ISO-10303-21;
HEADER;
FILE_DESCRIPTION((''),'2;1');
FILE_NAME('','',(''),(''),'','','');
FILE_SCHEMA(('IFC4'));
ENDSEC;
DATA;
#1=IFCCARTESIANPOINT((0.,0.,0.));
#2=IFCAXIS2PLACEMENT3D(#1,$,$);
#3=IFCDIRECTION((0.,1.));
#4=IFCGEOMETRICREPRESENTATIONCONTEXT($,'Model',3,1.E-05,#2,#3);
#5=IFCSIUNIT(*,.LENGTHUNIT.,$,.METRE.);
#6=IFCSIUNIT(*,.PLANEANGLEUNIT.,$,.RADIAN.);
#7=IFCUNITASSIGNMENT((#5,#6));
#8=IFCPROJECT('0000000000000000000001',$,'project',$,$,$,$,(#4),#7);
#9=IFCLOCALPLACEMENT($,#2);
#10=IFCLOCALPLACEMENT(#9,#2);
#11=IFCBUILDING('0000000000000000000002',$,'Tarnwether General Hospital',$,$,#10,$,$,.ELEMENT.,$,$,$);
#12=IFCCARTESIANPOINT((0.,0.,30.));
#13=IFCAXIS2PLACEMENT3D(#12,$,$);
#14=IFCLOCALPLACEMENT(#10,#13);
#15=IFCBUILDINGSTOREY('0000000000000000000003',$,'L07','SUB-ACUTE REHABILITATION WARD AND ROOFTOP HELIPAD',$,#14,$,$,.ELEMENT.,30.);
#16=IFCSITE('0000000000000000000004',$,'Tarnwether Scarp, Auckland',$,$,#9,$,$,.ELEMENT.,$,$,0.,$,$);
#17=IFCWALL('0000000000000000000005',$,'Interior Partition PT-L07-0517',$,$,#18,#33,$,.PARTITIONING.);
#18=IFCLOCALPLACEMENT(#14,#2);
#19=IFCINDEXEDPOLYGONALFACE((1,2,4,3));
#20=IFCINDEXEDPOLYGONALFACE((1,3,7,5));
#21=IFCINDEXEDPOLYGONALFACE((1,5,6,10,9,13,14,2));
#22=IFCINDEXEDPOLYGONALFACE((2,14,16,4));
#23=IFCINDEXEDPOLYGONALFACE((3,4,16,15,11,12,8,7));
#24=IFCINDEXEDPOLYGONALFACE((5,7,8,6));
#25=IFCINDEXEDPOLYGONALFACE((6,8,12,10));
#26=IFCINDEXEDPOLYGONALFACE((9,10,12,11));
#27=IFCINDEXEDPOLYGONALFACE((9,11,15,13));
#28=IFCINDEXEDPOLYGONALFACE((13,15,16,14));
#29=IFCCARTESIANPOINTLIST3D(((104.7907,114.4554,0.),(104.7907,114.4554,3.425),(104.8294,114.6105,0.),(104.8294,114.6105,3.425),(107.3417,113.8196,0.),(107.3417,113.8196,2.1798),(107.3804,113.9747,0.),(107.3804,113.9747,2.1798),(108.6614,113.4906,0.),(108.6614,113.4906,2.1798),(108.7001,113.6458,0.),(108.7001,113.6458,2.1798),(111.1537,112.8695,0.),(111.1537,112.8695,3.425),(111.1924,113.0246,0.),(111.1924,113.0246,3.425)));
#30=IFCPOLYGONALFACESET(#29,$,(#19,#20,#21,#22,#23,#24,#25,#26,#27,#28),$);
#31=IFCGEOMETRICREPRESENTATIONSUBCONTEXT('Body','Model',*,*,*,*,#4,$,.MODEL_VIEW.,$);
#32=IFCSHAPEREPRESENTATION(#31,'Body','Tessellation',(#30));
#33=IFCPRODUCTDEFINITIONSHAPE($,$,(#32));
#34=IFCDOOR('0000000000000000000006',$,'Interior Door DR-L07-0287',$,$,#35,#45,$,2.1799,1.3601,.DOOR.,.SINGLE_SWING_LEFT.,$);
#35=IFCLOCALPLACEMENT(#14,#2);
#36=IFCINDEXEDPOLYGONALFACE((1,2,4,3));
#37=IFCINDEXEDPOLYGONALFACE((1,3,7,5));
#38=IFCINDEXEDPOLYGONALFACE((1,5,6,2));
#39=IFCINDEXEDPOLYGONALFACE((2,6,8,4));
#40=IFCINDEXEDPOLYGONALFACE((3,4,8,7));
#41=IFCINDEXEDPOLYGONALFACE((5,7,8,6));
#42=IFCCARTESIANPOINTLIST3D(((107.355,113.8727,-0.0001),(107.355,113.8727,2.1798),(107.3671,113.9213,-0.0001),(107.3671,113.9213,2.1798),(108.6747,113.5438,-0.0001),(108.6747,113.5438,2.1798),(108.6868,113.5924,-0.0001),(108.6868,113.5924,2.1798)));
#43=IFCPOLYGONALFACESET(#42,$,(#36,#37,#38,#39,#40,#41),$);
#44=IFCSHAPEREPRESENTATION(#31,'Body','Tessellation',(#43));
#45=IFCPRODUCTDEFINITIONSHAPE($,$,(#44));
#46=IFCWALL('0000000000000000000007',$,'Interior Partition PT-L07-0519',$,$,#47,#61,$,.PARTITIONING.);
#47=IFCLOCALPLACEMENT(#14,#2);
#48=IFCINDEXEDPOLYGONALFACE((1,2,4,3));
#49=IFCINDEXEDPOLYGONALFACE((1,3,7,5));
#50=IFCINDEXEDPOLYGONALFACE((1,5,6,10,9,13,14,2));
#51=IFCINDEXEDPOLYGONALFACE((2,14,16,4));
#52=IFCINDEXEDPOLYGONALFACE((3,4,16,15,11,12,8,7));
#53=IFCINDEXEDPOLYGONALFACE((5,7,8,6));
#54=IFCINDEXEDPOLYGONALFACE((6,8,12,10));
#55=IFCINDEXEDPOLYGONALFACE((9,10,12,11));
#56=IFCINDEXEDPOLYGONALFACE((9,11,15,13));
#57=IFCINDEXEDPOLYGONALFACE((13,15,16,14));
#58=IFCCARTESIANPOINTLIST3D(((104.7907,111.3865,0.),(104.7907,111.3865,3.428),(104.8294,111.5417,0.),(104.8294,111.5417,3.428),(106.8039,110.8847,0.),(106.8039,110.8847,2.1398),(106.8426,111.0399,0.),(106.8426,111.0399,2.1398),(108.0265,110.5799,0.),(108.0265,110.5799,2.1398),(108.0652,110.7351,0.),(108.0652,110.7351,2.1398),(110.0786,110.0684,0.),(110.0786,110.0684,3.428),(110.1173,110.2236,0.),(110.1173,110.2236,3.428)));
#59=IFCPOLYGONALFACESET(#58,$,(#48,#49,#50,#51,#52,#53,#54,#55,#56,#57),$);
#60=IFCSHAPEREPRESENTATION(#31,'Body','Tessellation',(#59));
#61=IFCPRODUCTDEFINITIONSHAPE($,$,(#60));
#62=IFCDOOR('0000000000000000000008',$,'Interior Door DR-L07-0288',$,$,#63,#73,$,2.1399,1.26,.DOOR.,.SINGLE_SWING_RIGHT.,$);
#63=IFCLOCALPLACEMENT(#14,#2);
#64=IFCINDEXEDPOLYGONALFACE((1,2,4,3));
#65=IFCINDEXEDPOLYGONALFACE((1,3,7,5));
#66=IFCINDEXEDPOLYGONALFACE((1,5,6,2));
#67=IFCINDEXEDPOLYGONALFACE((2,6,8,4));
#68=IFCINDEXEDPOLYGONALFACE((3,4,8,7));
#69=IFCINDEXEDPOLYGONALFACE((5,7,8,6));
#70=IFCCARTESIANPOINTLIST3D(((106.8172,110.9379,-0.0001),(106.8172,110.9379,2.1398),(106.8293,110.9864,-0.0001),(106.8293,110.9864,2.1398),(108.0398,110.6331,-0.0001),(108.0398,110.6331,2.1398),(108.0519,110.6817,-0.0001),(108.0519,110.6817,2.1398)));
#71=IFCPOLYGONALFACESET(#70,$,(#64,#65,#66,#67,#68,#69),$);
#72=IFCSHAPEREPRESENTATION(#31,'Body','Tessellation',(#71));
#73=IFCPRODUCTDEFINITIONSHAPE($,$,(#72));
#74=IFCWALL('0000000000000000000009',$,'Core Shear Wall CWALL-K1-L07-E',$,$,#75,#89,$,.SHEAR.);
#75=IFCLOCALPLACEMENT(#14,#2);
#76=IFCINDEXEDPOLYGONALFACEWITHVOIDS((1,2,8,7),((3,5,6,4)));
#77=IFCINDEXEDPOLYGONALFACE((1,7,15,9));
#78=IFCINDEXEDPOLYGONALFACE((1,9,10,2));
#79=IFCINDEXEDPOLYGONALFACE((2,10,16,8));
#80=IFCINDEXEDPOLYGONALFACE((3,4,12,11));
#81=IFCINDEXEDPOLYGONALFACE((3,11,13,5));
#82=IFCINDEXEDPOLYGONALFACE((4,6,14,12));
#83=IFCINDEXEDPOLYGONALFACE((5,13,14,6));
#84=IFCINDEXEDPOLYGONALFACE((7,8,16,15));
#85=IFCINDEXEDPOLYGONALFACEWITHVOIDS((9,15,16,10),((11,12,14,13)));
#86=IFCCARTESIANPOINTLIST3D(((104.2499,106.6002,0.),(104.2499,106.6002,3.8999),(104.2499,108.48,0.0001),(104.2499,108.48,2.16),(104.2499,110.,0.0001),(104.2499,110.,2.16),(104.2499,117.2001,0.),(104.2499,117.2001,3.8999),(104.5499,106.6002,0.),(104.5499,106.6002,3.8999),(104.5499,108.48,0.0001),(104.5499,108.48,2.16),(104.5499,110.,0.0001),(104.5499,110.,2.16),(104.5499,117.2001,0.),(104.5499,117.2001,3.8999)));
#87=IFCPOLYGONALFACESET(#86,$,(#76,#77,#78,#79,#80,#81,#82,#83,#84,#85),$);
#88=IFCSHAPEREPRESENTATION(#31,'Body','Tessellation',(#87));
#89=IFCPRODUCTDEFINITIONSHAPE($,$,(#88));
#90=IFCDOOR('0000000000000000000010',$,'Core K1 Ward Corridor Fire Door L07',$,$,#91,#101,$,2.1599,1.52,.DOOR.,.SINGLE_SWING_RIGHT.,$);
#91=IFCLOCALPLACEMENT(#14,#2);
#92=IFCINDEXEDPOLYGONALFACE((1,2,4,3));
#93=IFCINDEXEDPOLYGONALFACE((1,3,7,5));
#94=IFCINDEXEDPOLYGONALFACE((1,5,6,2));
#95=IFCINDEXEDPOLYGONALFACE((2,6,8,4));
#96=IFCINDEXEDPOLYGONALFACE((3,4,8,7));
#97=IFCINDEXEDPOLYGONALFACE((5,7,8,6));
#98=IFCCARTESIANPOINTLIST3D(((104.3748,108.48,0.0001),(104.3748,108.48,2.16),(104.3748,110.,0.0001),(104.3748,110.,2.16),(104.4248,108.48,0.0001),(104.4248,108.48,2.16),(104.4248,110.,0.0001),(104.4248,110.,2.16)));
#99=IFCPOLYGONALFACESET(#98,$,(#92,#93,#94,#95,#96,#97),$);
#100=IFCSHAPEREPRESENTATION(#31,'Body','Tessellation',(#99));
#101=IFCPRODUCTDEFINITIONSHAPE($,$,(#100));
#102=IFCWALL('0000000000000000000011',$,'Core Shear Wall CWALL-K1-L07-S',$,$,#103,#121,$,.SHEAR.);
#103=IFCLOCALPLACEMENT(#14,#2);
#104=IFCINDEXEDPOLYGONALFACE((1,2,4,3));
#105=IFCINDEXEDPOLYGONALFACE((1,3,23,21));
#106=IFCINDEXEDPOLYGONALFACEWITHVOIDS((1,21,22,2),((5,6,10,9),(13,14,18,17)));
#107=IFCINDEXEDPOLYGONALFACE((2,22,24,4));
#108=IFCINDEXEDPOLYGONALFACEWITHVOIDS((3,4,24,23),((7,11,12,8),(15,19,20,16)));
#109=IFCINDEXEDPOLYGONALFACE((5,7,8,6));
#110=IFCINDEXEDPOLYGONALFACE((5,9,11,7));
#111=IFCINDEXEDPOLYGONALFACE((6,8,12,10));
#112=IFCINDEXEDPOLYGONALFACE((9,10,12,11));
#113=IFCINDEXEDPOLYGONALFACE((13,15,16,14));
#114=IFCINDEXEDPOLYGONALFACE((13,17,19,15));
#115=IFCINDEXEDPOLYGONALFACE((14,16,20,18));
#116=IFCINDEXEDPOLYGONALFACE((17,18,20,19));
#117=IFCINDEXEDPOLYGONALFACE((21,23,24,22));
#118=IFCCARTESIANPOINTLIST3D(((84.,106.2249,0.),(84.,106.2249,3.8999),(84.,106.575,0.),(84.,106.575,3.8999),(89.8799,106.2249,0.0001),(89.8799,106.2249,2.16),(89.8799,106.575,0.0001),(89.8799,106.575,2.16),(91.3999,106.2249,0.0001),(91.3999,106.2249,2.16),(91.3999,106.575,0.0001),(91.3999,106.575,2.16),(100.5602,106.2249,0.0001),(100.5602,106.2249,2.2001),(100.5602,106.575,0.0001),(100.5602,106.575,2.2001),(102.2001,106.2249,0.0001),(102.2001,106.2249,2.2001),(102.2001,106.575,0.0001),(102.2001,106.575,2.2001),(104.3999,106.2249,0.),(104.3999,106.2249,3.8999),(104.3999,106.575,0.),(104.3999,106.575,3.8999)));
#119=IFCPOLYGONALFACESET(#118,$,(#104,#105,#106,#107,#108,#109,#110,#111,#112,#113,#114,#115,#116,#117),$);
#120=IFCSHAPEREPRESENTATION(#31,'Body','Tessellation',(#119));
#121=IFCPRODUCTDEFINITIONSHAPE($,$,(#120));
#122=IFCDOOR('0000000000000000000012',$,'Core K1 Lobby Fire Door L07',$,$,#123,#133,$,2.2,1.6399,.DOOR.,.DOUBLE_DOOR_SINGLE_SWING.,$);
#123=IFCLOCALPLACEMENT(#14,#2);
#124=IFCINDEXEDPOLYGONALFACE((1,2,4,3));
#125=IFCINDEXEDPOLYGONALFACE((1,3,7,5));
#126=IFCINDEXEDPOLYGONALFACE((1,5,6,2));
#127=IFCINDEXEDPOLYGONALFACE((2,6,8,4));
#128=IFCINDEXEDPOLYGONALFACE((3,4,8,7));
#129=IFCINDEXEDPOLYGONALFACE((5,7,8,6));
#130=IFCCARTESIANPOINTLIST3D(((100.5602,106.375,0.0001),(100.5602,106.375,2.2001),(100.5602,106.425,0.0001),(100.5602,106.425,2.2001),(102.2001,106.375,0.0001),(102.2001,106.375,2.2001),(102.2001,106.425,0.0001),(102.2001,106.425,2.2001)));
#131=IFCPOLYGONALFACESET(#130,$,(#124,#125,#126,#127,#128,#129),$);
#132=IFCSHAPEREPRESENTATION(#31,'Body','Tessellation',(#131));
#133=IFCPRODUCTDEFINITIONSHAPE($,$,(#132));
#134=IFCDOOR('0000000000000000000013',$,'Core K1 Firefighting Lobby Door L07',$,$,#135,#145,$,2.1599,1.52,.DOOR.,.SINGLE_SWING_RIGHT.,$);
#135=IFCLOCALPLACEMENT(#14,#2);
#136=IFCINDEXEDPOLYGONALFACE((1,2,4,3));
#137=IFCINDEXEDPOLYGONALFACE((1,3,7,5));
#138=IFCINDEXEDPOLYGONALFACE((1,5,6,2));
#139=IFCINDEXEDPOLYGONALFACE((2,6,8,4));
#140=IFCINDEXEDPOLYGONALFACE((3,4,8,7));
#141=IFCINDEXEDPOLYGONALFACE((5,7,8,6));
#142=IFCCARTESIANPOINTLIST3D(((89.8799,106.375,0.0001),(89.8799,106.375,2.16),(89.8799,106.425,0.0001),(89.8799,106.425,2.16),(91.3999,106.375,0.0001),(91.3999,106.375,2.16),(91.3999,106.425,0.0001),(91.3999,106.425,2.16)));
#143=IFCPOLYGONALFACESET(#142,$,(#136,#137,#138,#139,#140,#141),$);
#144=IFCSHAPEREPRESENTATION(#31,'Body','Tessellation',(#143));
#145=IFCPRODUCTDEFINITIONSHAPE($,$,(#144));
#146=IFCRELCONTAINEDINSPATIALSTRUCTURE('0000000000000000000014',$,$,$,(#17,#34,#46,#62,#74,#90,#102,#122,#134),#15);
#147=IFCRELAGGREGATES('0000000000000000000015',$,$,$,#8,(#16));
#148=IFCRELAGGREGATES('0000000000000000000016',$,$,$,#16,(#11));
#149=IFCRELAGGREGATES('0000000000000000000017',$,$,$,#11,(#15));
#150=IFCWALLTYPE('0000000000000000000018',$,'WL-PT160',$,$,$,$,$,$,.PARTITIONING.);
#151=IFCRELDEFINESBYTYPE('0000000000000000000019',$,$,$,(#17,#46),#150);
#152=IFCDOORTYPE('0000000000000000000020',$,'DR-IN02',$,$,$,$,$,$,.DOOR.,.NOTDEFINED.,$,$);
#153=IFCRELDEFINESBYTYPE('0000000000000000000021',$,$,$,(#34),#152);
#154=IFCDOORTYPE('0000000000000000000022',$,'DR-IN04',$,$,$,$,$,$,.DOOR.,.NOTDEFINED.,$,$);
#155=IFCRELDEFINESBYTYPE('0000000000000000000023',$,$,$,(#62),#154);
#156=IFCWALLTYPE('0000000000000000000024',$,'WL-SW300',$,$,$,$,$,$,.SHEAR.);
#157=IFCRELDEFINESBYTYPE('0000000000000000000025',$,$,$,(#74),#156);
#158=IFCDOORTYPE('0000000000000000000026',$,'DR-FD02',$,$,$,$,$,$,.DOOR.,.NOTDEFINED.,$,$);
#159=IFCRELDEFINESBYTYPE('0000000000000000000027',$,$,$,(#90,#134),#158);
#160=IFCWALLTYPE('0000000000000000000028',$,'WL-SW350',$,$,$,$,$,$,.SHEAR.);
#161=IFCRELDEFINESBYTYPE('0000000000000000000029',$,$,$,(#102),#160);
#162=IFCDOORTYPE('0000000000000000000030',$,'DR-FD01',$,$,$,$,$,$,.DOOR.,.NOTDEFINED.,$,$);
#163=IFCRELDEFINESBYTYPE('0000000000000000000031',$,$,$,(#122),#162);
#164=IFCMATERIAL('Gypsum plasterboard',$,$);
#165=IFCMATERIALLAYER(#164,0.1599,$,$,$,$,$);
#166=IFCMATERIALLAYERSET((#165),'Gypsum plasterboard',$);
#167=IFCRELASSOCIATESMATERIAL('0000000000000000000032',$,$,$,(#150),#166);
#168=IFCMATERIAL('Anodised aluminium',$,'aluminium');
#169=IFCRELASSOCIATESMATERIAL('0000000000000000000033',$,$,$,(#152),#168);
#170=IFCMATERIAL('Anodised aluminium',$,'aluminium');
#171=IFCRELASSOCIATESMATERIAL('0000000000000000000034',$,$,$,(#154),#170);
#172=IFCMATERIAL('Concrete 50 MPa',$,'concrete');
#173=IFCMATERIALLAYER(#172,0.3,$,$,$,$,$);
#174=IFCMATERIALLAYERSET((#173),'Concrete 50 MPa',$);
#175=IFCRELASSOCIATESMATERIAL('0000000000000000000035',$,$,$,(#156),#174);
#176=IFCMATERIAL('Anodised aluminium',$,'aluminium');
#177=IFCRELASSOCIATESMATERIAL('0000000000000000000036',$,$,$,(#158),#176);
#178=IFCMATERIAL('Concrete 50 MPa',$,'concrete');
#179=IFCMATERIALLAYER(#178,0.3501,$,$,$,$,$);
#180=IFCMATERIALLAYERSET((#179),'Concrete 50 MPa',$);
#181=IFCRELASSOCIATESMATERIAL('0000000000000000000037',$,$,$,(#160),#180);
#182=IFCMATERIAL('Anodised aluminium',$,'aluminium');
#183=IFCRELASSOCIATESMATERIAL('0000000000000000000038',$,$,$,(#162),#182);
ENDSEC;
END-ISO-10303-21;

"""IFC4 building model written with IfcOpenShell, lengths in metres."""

from ifc_helpers import new_model, si_unit, direction, frame, frame_2d, origin, place, context, subcontext, project, spatial, rectangle, extrude, material, layer, layer_set, type_object, element, fill, save


model = new_model("IFC4")

# Units and contexts
model_context = context("Model", 3, precision=1e-05, world=origin(), true_north=direction((0.0, 1.0)))
body_context = subcontext(model_context, "Body", "Model", "MODEL_VIEW")
ifc_project = project(units=[si_unit("LENGTHUNIT", "METRE"), si_unit("PLANEANGLEUNIT", "RADIAN")], contexts=[model_context])

# Site, building, storey
site_placement = place(None, origin())
site = spatial("IfcSite", under=ifc_project, at=site_placement, Name="Tarnwether Scarp, Auckland", CompositionType="ELEMENT", RefElevation=0.0)
building_placement = place(site_placement, origin())
building = spatial("IfcBuilding", under=site, at=building_placement, Name="Tarnwether General Hospital", CompositionType="ELEMENT")
storey_placement = place(building_placement, frame((0.0, 0.0, 30.0)))
storey = spatial("IfcBuildingStorey", under=building, at=storey_placement, Name="L07", Description="SUB-ACUTE REHABILITATION WARD AND ROOFTOP HELIPAD", CompositionType="ELEMENT", Elevation=30.0)

# Shared definitions
ifc_material_1 = material(Name="Gypsum plasterboard")
ifc_layer_1 = layer(ifc_material_1, 0.1599)
ifc_layer_set_1 = layer_set([ifc_layer_1], Name="Gypsum plasterboard")
wall_type_1 = type_object("IfcWallType", Name="WL-PT160", PredefinedType="PARTITIONING", material=ifc_layer_set_1)

# Walls, openings, doors
wall_1_placement = place(storey_placement, frame((104.8101, 114.533, 0.0), z_axis=(0.0, 0.0, 1.0), x_axis=(0.970315, -0.241844, 0.0)))
wall_1 = element("IfcWall", 1, at=wall_1_placement, inside=storey, type_object=wall_type_1, Name="Interior Partition PT-L07-0517", PredefinedType="PARTITIONING", context=body_context, shape_type="SweptSolid", body=[
    extrude(rectangle(XDim=6.5576, YDim=0.1599, at=frame_2d((3.2788, 0.0))), origin(), (0.0, 0.0, 1.0), 3.425),
])
opening_1_placement = place(wall_1_placement, frame((2.6289, 0.0, 0.0)))
opening_1 = element("IfcOpeningElement", 2, at=opening_1_placement, cuts=wall_1, PredefinedType="OPENING", context=body_context, shape_type="SweptSolid", body=[
    extrude(rectangle(XDim=1.3601, YDim=2.1799, at=frame_2d((0.6802, 1.0898))), frame((0.0, 0.0898, 0.0), z_axis=(0.0, -1.0, 0.0), x_axis=(1.0, 0.0, 0.0)), (0.0, 0.0, 1.0), 0.1799),
])
ifc_material_2 = material(Name="Anodised aluminium", Category="aluminium")
door_type_1 = type_object("IfcDoorType", Name="DR-IN02", OperationType="NOTDEFINED", PredefinedType="DOOR", material=ifc_material_2)
door_1_placement = place(opening_1_placement, origin())
door_1 = element("IfcDoor", 3, at=door_1_placement, inside=storey, type_object=door_type_1, Name="Interior Door DR-L07-0287", OperationType="SINGLE_SWING_LEFT", OverallHeight=2.1799, OverallWidth=1.3601, PredefinedType="DOOR", context=body_context, shape_type="SweptSolid", body=[
    extrude(rectangle(XDim=1.3601, YDim=2.1799, at=frame_2d((0.6802, 1.0898))), frame((0.0, 0.0249, 0.0), z_axis=(0.0, -1.0, 0.0), x_axis=(1.0, 0.0, 0.0)), (0.0, 0.0, 1.0), 0.05),
])
fill(opening_1, door_1)
wall_2_placement = place(storey_placement, frame((104.8101, 111.4641, 0.0), z_axis=(0.0, 0.0, 1.0), x_axis=(0.970308, -0.241871, 0.0)))
wall_2 = element("IfcWall", 4, at=wall_2_placement, inside=storey, type_object=wall_type_1, Name="Interior Partition PT-L07-0519", PredefinedType="PARTITIONING", context=body_context, shape_type="SweptSolid", body=[
    extrude(rectangle(XDim=5.4497, YDim=0.1599, at=frame_2d((2.7249, 0.0))), origin(), (0.0, 0.0, 1.0), 3.428),
])
opening_2_placement = place(wall_2_placement, frame((2.075, 0.0, 0.0)))
opening_2 = element("IfcOpeningElement", 5, at=opening_2_placement, cuts=wall_2, PredefinedType="OPENING", context=body_context, shape_type="SweptSolid", body=[
    extrude(rectangle(XDim=1.26, YDim=2.1399, at=frame_2d((0.6299, 1.0698))), frame((0.0, 0.0898, 0.0), z_axis=(0.0, -1.0, 0.0), x_axis=(1.0, 0.0, 0.0)), (0.0, 0.0, 1.0), 0.1799),
])
ifc_material_3 = material(Name="Anodised aluminium", Category="aluminium")
door_type_2 = type_object("IfcDoorType", Name="DR-IN04", OperationType="NOTDEFINED", PredefinedType="DOOR", material=ifc_material_3)
door_2_placement = place(opening_2_placement, origin())
door_2 = element("IfcDoor", 6, at=door_2_placement, inside=storey, type_object=door_type_2, Name="Interior Door DR-L07-0288", OperationType="SINGLE_SWING_RIGHT", OverallHeight=2.1399, OverallWidth=1.26, PredefinedType="DOOR", context=body_context, shape_type="SweptSolid", body=[
    extrude(rectangle(XDim=1.26, YDim=2.1399, at=frame_2d((0.6299, 1.0698))), frame((0.0, 0.0249, 0.0), z_axis=(0.0, -1.0, 0.0), x_axis=(1.0, 0.0, 0.0)), (0.0, 0.0, 1.0), 0.05),
])
fill(opening_2, door_2)
ifc_material_4 = material(Name="Concrete 50 MPa", Category="concrete")
ifc_layer_2 = layer(ifc_material_4, 0.3)
ifc_layer_set_2 = layer_set([ifc_layer_2], Name="Concrete 50 MPa")
wall_type_2 = type_object("IfcWallType", Name="WL-SW300", PredefinedType="SHEAR", material=ifc_layer_set_2)
wall_3_placement = place(storey_placement, frame((104.3999, 117.2, 0.0), z_axis=(0.0, 0.0, 1.0), x_axis=(0.0, -1.0, 0.0)))
wall_3 = element("IfcWall", 7, at=wall_3_placement, inside=storey, type_object=wall_type_2, Name="Core Shear Wall CWALL-K1-L07-E", PredefinedType="SHEAR", context=body_context, shape_type="SweptSolid", body=[
    extrude(rectangle(XDim=10.5999, YDim=0.3, at=frame_2d((5.2998, 0.0))), origin(), (0.0, 0.0, 1.0), 3.8999),
])
opening_3_placement = place(wall_3_placement, frame((7.2, 0.0, 0.0)))
opening_3 = element("IfcOpeningElement", 8, at=opening_3_placement, cuts=wall_3, PredefinedType="OPENING", context=body_context, shape_type="SweptSolid", body=[
    extrude(rectangle(XDim=1.52, YDim=2.1599, at=frame_2d((0.76, 1.0801))), frame((0.0, 0.1602, 0.0), z_axis=(0.0, -1.0, 0.0), x_axis=(1.0, 0.0, 0.0)), (0.0, 0.0, 1.0), 0.3201),
])
ifc_material_5 = material(Name="Anodised aluminium", Category="aluminium")
door_type_3 = type_object("IfcDoorType", Name="DR-FD02", OperationType="NOTDEFINED", PredefinedType="DOOR", material=ifc_material_5)
door_3_placement = place(opening_3_placement, origin())
door_3 = element("IfcDoor", 9, at=door_3_placement, inside=storey, type_object=door_type_3, Name="Core K1 Ward Corridor Fire Door L07", OperationType="SINGLE_SWING_RIGHT", OverallHeight=2.1599, OverallWidth=1.52, PredefinedType="DOOR", context=body_context, shape_type="SweptSolid", body=[
    extrude(rectangle(XDim=1.52, YDim=2.1599, at=frame_2d((0.76, 1.0801))), frame((0.0, 0.0249, 0.0), z_axis=(0.0, -1.0, 0.0), x_axis=(1.0, 0.0, 0.0)), (0.0, 0.0, 1.0), 0.05),
])
fill(opening_3, door_3)

# Wall, openings, doors
ifc_material_6 = material(Name="Concrete 50 MPa", Category="concrete")
ifc_layer_3 = layer(ifc_material_6, 0.3501)
ifc_layer_set_3 = layer_set([ifc_layer_3], Name="Concrete 50 MPa")
wall_type_3 = type_object("IfcWallType", Name="WL-SW350", PredefinedType="SHEAR", material=ifc_layer_set_3)
wall_4_placement = place(storey_placement, frame((104.3999, 106.3999, 0.0), z_axis=(0.0, 0.0, 1.0), x_axis=(-1.0, 0.0, 0.0)))
wall_4 = element("IfcWall", 10, at=wall_4_placement, inside=storey, type_object=wall_type_3, Name="Core Shear Wall CWALL-K1-L07-S", PredefinedType="SHEAR", context=body_context, shape_type="SweptSolid", body=[
    extrude(rectangle(XDim=20.3999, YDim=0.3501, at=frame_2d((10.2, 0.0))), origin(), (0.0, 0.0, 1.0), 3.8999),
])
opening_4_placement = place(wall_4_placement, frame((2.2, 0.0, 0.0)))
opening_4 = element("IfcOpeningElement", 11, at=opening_4_placement, cuts=wall_4, PredefinedType="OPENING", context=body_context, shape_type="SweptSolid", body=[
    extrude(rectangle(XDim=1.6399, YDim=2.2, at=frame_2d((0.8198, 1.1001))), frame((0.0, 0.1851, 0.0), z_axis=(0.0, -1.0, 0.0), x_axis=(1.0, 0.0, 0.0)), (0.0, 0.0, 1.0), 0.3701),
])
opening_5_placement = place(wall_4_placement, frame((13.0, 0.0, 0.0)))
opening_5 = element("IfcOpeningElement", 12, at=opening_5_placement, cuts=wall_4, PredefinedType="OPENING", context=body_context, shape_type="SweptSolid", body=[
    extrude(rectangle(XDim=1.52, YDim=2.1599, at=frame_2d((0.76, 1.0801))), frame((0.0, 0.1851, 0.0), z_axis=(0.0, -1.0, 0.0), x_axis=(1.0, 0.0, 0.0)), (0.0, 0.0, 1.0), 0.3701),
])
ifc_material_7 = material(Name="Anodised aluminium", Category="aluminium")
door_type_4 = type_object("IfcDoorType", Name="DR-FD01", OperationType="NOTDEFINED", PredefinedType="DOOR", material=ifc_material_7)
door_4_placement = place(opening_4_placement, origin())
door_4 = element("IfcDoor", 13, at=door_4_placement, inside=storey, type_object=door_type_4, Name="Core K1 Lobby Fire Door L07", OperationType="DOUBLE_DOOR_SINGLE_SWING", OverallHeight=2.2, OverallWidth=1.6399, PredefinedType="DOOR", context=body_context, shape_type="SweptSolid", body=[
    extrude(rectangle(XDim=1.6399, YDim=2.2, at=frame_2d((0.8198, 1.1001))), frame((0.0, 0.0249, 0.0), z_axis=(0.0, -1.0, 0.0), x_axis=(1.0, 0.0, 0.0)), (0.0, 0.0, 1.0), 0.05),
])
fill(opening_4, door_4)
door_5_placement = place(opening_5_placement, origin())
door_5 = element("IfcDoor", 14, at=door_5_placement, inside=storey, type_object=door_type_3, Name="Core K1 Firefighting Lobby Door L07", OperationType="SINGLE_SWING_RIGHT", OverallHeight=2.1599, OverallWidth=1.52, PredefinedType="DOOR", context=body_context, shape_type="SweptSolid", body=[
    extrude(rectangle(XDim=1.52, YDim=2.1599, at=frame_2d((0.76, 1.0801))), frame((0.0, 0.0249, 0.0), z_axis=(0.0, -1.0, 0.0), x_axis=(1.0, 0.0, 0.0)), (0.0, 0.0, 1.0), 0.05),
])
fill(opening_5, door_5)

save(model, "model.ifc")
